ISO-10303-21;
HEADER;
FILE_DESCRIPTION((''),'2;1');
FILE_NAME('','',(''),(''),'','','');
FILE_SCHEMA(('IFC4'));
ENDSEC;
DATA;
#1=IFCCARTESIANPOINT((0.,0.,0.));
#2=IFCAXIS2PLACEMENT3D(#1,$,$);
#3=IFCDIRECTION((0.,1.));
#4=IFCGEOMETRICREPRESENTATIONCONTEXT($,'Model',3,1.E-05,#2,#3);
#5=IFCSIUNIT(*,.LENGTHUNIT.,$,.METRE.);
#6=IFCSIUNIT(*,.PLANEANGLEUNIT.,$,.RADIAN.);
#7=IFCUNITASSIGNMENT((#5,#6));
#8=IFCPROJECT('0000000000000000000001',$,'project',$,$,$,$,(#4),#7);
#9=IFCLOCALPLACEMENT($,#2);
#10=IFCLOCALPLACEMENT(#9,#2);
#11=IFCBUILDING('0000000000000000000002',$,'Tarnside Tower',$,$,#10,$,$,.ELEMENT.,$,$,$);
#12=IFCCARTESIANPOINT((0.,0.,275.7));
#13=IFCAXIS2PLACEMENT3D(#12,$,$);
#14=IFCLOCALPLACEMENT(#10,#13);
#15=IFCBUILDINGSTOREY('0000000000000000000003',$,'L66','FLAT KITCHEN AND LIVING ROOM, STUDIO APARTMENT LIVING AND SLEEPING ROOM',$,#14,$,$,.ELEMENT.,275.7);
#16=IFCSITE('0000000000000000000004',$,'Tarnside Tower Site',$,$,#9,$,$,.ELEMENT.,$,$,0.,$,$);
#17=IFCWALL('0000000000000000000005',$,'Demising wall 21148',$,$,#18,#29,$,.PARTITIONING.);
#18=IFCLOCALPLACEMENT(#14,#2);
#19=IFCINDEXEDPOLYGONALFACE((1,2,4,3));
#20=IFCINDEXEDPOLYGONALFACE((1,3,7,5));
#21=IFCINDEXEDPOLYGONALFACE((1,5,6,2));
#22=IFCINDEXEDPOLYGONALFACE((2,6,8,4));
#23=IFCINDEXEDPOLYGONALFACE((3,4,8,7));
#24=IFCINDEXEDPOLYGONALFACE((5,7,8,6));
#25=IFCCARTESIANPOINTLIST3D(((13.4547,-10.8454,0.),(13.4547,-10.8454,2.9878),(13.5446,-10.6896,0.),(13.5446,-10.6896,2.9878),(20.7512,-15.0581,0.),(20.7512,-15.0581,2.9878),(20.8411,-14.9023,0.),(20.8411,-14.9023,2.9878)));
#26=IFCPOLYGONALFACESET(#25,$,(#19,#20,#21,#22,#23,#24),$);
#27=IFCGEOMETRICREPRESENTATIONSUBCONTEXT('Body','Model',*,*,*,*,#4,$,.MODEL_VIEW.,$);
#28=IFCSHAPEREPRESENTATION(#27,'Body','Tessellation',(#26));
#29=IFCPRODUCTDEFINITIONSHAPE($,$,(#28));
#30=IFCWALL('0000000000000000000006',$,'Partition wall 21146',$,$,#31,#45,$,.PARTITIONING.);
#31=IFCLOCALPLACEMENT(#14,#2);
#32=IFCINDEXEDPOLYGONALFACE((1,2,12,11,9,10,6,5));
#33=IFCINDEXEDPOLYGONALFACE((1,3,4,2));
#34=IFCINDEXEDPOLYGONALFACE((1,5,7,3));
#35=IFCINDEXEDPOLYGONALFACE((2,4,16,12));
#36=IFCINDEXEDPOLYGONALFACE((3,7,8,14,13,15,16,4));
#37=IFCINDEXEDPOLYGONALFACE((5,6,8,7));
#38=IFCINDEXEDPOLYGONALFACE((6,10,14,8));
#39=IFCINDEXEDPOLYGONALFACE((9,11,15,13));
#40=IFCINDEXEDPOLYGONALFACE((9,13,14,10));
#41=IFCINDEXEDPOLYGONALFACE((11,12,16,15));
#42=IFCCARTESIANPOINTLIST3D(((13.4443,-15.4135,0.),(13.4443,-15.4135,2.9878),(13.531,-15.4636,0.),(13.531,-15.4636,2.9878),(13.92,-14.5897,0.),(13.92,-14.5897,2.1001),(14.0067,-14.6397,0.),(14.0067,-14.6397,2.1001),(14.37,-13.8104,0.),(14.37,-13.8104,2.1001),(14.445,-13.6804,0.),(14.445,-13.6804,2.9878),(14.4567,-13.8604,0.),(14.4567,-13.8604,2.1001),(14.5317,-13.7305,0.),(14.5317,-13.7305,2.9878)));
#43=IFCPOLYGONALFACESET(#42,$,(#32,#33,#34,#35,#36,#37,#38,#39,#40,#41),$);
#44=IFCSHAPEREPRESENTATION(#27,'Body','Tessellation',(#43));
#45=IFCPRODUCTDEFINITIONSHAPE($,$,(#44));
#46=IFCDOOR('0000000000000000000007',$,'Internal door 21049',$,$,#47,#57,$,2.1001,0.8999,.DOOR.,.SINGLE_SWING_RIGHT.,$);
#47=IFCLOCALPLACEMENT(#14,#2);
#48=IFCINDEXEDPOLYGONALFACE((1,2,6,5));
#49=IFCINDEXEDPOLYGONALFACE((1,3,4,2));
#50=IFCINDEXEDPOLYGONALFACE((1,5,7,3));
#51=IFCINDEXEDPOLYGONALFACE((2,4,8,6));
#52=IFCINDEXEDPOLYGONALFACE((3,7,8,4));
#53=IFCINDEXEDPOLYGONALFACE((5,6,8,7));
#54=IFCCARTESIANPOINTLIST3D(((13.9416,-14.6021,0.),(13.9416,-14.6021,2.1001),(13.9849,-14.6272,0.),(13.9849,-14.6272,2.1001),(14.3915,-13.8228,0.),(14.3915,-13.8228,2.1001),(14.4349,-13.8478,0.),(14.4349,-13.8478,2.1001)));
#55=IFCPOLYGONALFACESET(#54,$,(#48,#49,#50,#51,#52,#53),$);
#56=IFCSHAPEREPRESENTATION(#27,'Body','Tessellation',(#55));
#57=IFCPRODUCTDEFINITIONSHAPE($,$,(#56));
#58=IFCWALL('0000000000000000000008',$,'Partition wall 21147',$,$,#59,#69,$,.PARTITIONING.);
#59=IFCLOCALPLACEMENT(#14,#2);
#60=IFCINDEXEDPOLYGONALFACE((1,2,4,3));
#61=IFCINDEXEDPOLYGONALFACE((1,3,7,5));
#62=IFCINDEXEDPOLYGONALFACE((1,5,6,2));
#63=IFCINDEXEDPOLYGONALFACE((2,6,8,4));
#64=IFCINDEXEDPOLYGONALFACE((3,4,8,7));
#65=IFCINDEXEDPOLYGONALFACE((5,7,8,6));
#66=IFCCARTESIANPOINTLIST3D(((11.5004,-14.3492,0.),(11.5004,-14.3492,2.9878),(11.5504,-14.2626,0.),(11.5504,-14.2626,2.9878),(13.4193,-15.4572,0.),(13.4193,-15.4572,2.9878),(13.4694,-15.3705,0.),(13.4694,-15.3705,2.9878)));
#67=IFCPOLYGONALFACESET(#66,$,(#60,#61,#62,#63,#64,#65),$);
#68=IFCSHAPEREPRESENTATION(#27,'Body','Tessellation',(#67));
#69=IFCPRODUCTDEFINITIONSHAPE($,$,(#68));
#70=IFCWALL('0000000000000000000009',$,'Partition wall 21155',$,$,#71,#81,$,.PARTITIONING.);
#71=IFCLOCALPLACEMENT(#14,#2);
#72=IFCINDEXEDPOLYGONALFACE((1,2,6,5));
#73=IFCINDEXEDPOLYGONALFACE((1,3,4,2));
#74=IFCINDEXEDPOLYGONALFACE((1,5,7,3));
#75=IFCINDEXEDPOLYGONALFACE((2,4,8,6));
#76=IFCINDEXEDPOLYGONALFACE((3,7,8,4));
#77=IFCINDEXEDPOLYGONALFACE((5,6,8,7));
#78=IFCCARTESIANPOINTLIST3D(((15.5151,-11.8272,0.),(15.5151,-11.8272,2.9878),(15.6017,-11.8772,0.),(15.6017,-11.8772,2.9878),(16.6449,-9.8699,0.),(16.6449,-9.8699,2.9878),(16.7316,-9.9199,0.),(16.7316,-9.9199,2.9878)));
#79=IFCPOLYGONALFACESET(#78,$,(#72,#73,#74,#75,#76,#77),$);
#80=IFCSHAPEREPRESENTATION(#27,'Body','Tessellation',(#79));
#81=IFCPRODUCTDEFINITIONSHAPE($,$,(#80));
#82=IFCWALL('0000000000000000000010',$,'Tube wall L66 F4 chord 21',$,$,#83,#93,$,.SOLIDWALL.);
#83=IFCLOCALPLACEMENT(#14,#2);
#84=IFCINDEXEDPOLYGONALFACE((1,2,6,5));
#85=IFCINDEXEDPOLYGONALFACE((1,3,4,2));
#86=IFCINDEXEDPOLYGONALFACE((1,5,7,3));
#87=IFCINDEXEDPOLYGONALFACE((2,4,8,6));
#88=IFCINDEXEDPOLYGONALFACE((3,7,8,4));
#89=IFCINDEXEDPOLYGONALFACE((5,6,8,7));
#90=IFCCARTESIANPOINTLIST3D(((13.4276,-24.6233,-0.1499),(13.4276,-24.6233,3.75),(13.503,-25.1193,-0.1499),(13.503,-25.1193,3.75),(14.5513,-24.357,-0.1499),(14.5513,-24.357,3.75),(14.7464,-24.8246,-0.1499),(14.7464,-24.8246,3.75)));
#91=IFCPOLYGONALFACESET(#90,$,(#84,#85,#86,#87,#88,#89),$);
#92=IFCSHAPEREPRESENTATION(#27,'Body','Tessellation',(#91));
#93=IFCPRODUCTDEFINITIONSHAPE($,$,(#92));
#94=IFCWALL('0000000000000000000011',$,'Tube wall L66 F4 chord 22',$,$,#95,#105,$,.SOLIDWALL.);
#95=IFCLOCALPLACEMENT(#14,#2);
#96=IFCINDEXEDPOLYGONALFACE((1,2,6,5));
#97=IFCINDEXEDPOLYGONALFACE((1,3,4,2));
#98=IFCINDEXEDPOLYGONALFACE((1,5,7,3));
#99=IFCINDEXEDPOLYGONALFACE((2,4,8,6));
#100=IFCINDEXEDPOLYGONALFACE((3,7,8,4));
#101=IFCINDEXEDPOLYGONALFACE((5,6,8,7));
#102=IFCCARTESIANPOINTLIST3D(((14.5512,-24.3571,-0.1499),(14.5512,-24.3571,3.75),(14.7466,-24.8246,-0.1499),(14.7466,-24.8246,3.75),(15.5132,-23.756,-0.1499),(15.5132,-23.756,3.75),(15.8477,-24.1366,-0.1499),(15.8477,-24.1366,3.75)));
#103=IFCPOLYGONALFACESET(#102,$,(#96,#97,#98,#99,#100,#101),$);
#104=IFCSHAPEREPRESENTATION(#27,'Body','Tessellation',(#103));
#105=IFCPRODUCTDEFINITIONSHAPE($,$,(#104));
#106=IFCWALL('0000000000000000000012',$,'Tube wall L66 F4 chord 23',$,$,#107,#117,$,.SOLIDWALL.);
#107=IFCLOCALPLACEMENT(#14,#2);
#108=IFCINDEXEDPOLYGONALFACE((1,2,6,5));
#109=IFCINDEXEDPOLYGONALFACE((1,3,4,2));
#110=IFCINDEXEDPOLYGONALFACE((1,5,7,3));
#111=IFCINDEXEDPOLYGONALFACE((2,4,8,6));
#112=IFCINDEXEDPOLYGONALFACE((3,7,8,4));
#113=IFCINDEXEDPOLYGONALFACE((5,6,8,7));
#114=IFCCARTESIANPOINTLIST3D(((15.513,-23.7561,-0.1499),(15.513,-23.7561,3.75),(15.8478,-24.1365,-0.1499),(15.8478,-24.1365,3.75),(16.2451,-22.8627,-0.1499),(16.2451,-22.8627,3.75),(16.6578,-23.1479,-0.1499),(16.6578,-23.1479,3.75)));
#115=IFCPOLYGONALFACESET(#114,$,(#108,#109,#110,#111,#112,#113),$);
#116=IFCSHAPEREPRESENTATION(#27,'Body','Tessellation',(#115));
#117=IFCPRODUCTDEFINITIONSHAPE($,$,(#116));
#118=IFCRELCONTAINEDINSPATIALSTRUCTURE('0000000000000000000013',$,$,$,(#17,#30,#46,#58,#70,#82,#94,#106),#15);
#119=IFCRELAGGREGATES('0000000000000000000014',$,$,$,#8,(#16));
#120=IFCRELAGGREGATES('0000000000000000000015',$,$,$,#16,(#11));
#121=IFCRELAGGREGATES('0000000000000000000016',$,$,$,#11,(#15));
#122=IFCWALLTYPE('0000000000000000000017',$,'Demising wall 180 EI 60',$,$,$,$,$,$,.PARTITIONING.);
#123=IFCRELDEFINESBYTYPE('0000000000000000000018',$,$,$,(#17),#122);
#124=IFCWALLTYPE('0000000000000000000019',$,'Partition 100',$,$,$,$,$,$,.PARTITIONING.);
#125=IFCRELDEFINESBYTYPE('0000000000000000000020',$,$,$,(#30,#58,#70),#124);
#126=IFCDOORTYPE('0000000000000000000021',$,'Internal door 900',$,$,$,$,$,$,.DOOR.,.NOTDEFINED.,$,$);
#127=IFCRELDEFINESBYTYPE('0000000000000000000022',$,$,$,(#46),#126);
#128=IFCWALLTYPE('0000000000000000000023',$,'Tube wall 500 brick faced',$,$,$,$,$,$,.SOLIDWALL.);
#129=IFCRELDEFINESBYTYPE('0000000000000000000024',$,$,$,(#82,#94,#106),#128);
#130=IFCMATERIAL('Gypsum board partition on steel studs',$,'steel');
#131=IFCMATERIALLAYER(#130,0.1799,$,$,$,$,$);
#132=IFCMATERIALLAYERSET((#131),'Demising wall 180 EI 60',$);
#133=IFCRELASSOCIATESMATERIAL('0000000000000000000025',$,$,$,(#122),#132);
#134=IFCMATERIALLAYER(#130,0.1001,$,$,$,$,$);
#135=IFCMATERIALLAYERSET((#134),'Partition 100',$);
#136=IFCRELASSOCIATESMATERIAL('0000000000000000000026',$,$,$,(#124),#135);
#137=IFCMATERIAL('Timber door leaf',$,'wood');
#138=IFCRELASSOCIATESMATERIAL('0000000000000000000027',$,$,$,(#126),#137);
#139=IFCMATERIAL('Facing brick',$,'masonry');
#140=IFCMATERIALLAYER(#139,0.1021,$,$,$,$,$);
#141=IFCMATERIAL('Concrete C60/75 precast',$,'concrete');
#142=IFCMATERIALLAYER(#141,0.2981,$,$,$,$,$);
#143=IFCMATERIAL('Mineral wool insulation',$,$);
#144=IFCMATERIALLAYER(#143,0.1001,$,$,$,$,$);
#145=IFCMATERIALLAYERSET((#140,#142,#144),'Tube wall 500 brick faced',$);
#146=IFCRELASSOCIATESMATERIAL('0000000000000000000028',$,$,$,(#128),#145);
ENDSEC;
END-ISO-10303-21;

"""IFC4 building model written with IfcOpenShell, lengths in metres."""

from ifc_helpers import new_model, si_unit, direction, frame, frame_2d, origin, place, context, subcontext, project, spatial, polyline, rectangle, outline, extrude, material, layer, layer_set, type_object, element, fill, save


model = new_model("IFC4")

# Units and contexts
model_context = context("Model", 3, precision=1e-05, world=origin(), true_north=direction((0.0, 1.0)))
body_context = subcontext(model_context, "Body", "Model", "MODEL_VIEW")
ifc_project = project(units=[si_unit("LENGTHUNIT", "METRE"), si_unit("PLANEANGLEUNIT", "RADIAN")], contexts=[model_context])

# Site, building, storey
site_placement = place(None, origin())
site = spatial("IfcSite", under=ifc_project, at=site_placement, Name="Tarnside Tower Site", CompositionType="ELEMENT", RefElevation=0.0)
building_placement = place(site_placement, origin())
building = spatial("IfcBuilding", under=site, at=building_placement, Name="Tarnside Tower", CompositionType="ELEMENT")
storey_placement = place(building_placement, frame((0.0, 0.0, 275.7)))
storey = spatial("IfcBuildingStorey", under=building, at=storey_placement, Name="L66", Description="FLAT KITCHEN AND LIVING ROOM, STUDIO APARTMENT LIVING AND SLEEPING ROOM", CompositionType="ELEMENT", Elevation=275.7)

# Shared definitions
ifc_material_1 = material(Name="Gypsum board partition on steel studs", Category="steel")
ifc_material_2 = material(Name="Timber door leaf", Category="wood")

# Wall
ifc_layer_1 = layer(ifc_material_1, 0.1799)
ifc_layer_set_1 = layer_set([ifc_layer_1], Name="Demising wall 180 EI 60")
wall_type_1 = type_object("IfcWallType", Name="Demising wall 180 EI 60", PredefinedType="PARTITIONING", material=ifc_layer_set_1)
wall_1_placement = place(storey_placement, frame((20.7961, -14.9802, 0.0), z_axis=(0.0, 0.0, 1.0), x_axis=(-0.866022, 0.500007, 0.0)))
element("IfcWall", 1, at=wall_1_placement, inside=storey, type_object=wall_type_1, Name="Demising wall 21148", PredefinedType="PARTITIONING", context=body_context, shape_type="SweptSolid", body=[
    extrude(rectangle(XDim=8.4253, YDim=0.1799, at=frame_2d((4.2126, 0.0))), origin(), (0.0, 0.0, 1.0), 2.9878),
])

# Wall, opening, door
ifc_layer_2 = layer(ifc_material_1, 0.1001)
ifc_layer_set_2 = layer_set([ifc_layer_2], Name="Partition 100")
wall_type_2 = type_object("IfcWallType", Name="Partition 100", PredefinedType="PARTITIONING", material=ifc_layer_set_2)
wall_2_placement = place(storey_placement, frame((14.4883, -13.7056, 0.0), z_axis=(0.0, 0.0, 1.0), x_axis=(-0.500036, -0.866005, 0.0)))
wall_2 = element("IfcWall", 2, at=wall_2_placement, inside=storey, type_object=wall_type_2, Name="Partition wall 21146", PredefinedType="PARTITIONING", context=body_context, shape_type="SweptSolid", body=[
    extrude(rectangle(XDim=2.0012, YDim=0.1001, at=frame_2d((1.0005, 0.0))), origin(), (0.0, 0.0, 1.0), 2.9878),
])
opening_1_placement = place(wall_2_placement, frame((0.1499, 0.0, 0.0)))
opening_1 = element("IfcOpeningElement", 3, at=opening_1_placement, cuts=wall_2, PredefinedType="OPENING", context=body_context, shape_type="SweptSolid", body=[
    extrude(rectangle(XDim=0.8999, YDim=2.1001, at=frame_2d((0.45, 1.05))), frame((0.0, 0.0601, 0.0), z_axis=(0.0, -1.0, 0.0), x_axis=(1.0, 0.0, 0.0)), (0.0, 0.0, 1.0), 0.1201),
])
door_type_1 = type_object("IfcDoorType", Name="Internal door 900", OperationType="NOTDEFINED", PredefinedType="DOOR", material=ifc_material_2)
door_1_placement = place(opening_1_placement, origin())
door_1 = element("IfcDoor", 4, at=door_1_placement, inside=storey, type_object=door_type_1, Name="Internal door 21049", OperationType="SINGLE_SWING_RIGHT", OverallHeight=2.1001, OverallWidth=0.8999, PredefinedType="DOOR", context=body_context, shape_type="SweptSolid", body=[
    extrude(rectangle(XDim=0.8999, YDim=2.1001, at=frame_2d((0.45, 1.05))), frame((0.0, 0.0249, 0.0), z_axis=(0.0, -1.0, 0.0), x_axis=(1.0, 0.0, 0.0)), (0.0, 0.0, 1.0), 0.05),
])
fill(opening_1, door_1)

# Walls
wall_3_placement = place(storey_placement, frame((13.4443, -15.4138, 0.0), z_axis=(0.0, 0.0, 1.0), x_axis=(-0.866024, 0.500002, 0.0)))
element("IfcWall", 5, at=wall_3_placement, inside=storey, type_object=wall_type_2, Name="Partition wall 21147", PredefinedType="PARTITIONING", context=body_context, shape_type="SweptSolid", body=[
    extrude(rectangle(XDim=2.2158, YDim=0.1001, at=frame_2d((1.1079, 0.0))), origin(), (0.0, 0.0, 1.0), 2.9878),
])
wall_4_placement = place(storey_placement, frame((16.6882, -9.895, 0.0), z_axis=(0.0, 0.0, 1.0), x_axis=(-0.49995, -0.866054, 0.0)))
element("IfcWall", 6, at=wall_4_placement, inside=storey, type_object=wall_type_2, Name="Partition wall 21155", PredefinedType="PARTITIONING", context=body_context, shape_type="SweptSolid", body=[
    extrude(rectangle(XDim=2.26, YDim=0.1001, at=frame_2d((1.1299, 0.0))), origin(), (0.0, 0.0, 1.0), 2.9878),
])
ifc_material_3 = material(Name="Facing brick", Category="masonry")
ifc_layer_3 = layer(ifc_material_3, 0.1021)
ifc_material_4 = material(Name="Concrete C60/75 precast", Category="concrete")
ifc_layer_4 = layer(ifc_material_4, 0.2981)
ifc_material_5 = material(Name="Mineral wool insulation")
ifc_layer_5 = layer(ifc_material_5, 0.1001)
ifc_layer_set_3 = layer_set([ifc_layer_3, ifc_layer_4, ifc_layer_5], Name="Tube wall 500 brick faced")
wall_type_3 = type_object("IfcWallType", Name="Tube wall 500 brick faced", PredefinedType="SOLIDWALL", material=ifc_layer_set_3)
wall_5_placement = place(storey_placement, frame((13.4653, -24.8713, -0.1499), z_axis=(0.0, 0.0, 1.0), x_axis=(0.973045, 0.230616, 0.0)))
element("IfcWall", 7, at=wall_5_placement, inside=storey, type_object=wall_type_3, Name="Tube wall L66 F4 chord 21", PredefinedType="SOLIDWALL", context=body_context, shape_type="SweptSolid", body=[
    extrude(outline(polyline([(-0.0205, -0.25), (1.2573, -0.25), (1.1753, 0.25), (0.0205, 0.25), (-0.0205, -0.25)])), origin(), (0.0, 0.0, 1.0), 3.8999),
])
wall_6_placement = place(storey_placement, frame((14.6489, -24.5908, -0.1499), z_axis=(0.0, 0.0, 1.0), x_axis=(0.848055, 0.529909, 0.0)))
element("IfcWall", 8, at=wall_6_placement, inside=storey, type_object=wall_type_3, Name="Tube wall L66 F4 chord 22", PredefinedType="SOLIDWALL", context=body_context, shape_type="SweptSolid", body=[
    extrude(outline(polyline([(-0.041, -0.25), (1.2573, -0.25), (1.1753, 0.25), (0.041, 0.25), (-0.041, -0.25)])), origin(), (0.0, 0.0, 1.0), 3.8999),
])
wall_7_placement = place(storey_placement, frame((15.6804, -23.9463, -0.1499), z_axis=(0.0, 0.0, 1.0), x_axis=(0.633806, 0.773492, 0.0)))
element("IfcWall", 9, at=wall_7_placement, inside=storey, type_object=wall_type_3, Name="Tube wall L66 F4 chord 23", PredefinedType="SOLIDWALL", context=body_context, shape_type="SweptSolid", body=[
    extrude(outline(polyline([(-0.041, -0.25), (1.2371, -0.25), (1.196, 0.25), (0.041, 0.25), (-0.041, -0.25)])), origin(), (0.0, 0.0, 1.0), 3.8999),
])

save(model, "model.ifc")
